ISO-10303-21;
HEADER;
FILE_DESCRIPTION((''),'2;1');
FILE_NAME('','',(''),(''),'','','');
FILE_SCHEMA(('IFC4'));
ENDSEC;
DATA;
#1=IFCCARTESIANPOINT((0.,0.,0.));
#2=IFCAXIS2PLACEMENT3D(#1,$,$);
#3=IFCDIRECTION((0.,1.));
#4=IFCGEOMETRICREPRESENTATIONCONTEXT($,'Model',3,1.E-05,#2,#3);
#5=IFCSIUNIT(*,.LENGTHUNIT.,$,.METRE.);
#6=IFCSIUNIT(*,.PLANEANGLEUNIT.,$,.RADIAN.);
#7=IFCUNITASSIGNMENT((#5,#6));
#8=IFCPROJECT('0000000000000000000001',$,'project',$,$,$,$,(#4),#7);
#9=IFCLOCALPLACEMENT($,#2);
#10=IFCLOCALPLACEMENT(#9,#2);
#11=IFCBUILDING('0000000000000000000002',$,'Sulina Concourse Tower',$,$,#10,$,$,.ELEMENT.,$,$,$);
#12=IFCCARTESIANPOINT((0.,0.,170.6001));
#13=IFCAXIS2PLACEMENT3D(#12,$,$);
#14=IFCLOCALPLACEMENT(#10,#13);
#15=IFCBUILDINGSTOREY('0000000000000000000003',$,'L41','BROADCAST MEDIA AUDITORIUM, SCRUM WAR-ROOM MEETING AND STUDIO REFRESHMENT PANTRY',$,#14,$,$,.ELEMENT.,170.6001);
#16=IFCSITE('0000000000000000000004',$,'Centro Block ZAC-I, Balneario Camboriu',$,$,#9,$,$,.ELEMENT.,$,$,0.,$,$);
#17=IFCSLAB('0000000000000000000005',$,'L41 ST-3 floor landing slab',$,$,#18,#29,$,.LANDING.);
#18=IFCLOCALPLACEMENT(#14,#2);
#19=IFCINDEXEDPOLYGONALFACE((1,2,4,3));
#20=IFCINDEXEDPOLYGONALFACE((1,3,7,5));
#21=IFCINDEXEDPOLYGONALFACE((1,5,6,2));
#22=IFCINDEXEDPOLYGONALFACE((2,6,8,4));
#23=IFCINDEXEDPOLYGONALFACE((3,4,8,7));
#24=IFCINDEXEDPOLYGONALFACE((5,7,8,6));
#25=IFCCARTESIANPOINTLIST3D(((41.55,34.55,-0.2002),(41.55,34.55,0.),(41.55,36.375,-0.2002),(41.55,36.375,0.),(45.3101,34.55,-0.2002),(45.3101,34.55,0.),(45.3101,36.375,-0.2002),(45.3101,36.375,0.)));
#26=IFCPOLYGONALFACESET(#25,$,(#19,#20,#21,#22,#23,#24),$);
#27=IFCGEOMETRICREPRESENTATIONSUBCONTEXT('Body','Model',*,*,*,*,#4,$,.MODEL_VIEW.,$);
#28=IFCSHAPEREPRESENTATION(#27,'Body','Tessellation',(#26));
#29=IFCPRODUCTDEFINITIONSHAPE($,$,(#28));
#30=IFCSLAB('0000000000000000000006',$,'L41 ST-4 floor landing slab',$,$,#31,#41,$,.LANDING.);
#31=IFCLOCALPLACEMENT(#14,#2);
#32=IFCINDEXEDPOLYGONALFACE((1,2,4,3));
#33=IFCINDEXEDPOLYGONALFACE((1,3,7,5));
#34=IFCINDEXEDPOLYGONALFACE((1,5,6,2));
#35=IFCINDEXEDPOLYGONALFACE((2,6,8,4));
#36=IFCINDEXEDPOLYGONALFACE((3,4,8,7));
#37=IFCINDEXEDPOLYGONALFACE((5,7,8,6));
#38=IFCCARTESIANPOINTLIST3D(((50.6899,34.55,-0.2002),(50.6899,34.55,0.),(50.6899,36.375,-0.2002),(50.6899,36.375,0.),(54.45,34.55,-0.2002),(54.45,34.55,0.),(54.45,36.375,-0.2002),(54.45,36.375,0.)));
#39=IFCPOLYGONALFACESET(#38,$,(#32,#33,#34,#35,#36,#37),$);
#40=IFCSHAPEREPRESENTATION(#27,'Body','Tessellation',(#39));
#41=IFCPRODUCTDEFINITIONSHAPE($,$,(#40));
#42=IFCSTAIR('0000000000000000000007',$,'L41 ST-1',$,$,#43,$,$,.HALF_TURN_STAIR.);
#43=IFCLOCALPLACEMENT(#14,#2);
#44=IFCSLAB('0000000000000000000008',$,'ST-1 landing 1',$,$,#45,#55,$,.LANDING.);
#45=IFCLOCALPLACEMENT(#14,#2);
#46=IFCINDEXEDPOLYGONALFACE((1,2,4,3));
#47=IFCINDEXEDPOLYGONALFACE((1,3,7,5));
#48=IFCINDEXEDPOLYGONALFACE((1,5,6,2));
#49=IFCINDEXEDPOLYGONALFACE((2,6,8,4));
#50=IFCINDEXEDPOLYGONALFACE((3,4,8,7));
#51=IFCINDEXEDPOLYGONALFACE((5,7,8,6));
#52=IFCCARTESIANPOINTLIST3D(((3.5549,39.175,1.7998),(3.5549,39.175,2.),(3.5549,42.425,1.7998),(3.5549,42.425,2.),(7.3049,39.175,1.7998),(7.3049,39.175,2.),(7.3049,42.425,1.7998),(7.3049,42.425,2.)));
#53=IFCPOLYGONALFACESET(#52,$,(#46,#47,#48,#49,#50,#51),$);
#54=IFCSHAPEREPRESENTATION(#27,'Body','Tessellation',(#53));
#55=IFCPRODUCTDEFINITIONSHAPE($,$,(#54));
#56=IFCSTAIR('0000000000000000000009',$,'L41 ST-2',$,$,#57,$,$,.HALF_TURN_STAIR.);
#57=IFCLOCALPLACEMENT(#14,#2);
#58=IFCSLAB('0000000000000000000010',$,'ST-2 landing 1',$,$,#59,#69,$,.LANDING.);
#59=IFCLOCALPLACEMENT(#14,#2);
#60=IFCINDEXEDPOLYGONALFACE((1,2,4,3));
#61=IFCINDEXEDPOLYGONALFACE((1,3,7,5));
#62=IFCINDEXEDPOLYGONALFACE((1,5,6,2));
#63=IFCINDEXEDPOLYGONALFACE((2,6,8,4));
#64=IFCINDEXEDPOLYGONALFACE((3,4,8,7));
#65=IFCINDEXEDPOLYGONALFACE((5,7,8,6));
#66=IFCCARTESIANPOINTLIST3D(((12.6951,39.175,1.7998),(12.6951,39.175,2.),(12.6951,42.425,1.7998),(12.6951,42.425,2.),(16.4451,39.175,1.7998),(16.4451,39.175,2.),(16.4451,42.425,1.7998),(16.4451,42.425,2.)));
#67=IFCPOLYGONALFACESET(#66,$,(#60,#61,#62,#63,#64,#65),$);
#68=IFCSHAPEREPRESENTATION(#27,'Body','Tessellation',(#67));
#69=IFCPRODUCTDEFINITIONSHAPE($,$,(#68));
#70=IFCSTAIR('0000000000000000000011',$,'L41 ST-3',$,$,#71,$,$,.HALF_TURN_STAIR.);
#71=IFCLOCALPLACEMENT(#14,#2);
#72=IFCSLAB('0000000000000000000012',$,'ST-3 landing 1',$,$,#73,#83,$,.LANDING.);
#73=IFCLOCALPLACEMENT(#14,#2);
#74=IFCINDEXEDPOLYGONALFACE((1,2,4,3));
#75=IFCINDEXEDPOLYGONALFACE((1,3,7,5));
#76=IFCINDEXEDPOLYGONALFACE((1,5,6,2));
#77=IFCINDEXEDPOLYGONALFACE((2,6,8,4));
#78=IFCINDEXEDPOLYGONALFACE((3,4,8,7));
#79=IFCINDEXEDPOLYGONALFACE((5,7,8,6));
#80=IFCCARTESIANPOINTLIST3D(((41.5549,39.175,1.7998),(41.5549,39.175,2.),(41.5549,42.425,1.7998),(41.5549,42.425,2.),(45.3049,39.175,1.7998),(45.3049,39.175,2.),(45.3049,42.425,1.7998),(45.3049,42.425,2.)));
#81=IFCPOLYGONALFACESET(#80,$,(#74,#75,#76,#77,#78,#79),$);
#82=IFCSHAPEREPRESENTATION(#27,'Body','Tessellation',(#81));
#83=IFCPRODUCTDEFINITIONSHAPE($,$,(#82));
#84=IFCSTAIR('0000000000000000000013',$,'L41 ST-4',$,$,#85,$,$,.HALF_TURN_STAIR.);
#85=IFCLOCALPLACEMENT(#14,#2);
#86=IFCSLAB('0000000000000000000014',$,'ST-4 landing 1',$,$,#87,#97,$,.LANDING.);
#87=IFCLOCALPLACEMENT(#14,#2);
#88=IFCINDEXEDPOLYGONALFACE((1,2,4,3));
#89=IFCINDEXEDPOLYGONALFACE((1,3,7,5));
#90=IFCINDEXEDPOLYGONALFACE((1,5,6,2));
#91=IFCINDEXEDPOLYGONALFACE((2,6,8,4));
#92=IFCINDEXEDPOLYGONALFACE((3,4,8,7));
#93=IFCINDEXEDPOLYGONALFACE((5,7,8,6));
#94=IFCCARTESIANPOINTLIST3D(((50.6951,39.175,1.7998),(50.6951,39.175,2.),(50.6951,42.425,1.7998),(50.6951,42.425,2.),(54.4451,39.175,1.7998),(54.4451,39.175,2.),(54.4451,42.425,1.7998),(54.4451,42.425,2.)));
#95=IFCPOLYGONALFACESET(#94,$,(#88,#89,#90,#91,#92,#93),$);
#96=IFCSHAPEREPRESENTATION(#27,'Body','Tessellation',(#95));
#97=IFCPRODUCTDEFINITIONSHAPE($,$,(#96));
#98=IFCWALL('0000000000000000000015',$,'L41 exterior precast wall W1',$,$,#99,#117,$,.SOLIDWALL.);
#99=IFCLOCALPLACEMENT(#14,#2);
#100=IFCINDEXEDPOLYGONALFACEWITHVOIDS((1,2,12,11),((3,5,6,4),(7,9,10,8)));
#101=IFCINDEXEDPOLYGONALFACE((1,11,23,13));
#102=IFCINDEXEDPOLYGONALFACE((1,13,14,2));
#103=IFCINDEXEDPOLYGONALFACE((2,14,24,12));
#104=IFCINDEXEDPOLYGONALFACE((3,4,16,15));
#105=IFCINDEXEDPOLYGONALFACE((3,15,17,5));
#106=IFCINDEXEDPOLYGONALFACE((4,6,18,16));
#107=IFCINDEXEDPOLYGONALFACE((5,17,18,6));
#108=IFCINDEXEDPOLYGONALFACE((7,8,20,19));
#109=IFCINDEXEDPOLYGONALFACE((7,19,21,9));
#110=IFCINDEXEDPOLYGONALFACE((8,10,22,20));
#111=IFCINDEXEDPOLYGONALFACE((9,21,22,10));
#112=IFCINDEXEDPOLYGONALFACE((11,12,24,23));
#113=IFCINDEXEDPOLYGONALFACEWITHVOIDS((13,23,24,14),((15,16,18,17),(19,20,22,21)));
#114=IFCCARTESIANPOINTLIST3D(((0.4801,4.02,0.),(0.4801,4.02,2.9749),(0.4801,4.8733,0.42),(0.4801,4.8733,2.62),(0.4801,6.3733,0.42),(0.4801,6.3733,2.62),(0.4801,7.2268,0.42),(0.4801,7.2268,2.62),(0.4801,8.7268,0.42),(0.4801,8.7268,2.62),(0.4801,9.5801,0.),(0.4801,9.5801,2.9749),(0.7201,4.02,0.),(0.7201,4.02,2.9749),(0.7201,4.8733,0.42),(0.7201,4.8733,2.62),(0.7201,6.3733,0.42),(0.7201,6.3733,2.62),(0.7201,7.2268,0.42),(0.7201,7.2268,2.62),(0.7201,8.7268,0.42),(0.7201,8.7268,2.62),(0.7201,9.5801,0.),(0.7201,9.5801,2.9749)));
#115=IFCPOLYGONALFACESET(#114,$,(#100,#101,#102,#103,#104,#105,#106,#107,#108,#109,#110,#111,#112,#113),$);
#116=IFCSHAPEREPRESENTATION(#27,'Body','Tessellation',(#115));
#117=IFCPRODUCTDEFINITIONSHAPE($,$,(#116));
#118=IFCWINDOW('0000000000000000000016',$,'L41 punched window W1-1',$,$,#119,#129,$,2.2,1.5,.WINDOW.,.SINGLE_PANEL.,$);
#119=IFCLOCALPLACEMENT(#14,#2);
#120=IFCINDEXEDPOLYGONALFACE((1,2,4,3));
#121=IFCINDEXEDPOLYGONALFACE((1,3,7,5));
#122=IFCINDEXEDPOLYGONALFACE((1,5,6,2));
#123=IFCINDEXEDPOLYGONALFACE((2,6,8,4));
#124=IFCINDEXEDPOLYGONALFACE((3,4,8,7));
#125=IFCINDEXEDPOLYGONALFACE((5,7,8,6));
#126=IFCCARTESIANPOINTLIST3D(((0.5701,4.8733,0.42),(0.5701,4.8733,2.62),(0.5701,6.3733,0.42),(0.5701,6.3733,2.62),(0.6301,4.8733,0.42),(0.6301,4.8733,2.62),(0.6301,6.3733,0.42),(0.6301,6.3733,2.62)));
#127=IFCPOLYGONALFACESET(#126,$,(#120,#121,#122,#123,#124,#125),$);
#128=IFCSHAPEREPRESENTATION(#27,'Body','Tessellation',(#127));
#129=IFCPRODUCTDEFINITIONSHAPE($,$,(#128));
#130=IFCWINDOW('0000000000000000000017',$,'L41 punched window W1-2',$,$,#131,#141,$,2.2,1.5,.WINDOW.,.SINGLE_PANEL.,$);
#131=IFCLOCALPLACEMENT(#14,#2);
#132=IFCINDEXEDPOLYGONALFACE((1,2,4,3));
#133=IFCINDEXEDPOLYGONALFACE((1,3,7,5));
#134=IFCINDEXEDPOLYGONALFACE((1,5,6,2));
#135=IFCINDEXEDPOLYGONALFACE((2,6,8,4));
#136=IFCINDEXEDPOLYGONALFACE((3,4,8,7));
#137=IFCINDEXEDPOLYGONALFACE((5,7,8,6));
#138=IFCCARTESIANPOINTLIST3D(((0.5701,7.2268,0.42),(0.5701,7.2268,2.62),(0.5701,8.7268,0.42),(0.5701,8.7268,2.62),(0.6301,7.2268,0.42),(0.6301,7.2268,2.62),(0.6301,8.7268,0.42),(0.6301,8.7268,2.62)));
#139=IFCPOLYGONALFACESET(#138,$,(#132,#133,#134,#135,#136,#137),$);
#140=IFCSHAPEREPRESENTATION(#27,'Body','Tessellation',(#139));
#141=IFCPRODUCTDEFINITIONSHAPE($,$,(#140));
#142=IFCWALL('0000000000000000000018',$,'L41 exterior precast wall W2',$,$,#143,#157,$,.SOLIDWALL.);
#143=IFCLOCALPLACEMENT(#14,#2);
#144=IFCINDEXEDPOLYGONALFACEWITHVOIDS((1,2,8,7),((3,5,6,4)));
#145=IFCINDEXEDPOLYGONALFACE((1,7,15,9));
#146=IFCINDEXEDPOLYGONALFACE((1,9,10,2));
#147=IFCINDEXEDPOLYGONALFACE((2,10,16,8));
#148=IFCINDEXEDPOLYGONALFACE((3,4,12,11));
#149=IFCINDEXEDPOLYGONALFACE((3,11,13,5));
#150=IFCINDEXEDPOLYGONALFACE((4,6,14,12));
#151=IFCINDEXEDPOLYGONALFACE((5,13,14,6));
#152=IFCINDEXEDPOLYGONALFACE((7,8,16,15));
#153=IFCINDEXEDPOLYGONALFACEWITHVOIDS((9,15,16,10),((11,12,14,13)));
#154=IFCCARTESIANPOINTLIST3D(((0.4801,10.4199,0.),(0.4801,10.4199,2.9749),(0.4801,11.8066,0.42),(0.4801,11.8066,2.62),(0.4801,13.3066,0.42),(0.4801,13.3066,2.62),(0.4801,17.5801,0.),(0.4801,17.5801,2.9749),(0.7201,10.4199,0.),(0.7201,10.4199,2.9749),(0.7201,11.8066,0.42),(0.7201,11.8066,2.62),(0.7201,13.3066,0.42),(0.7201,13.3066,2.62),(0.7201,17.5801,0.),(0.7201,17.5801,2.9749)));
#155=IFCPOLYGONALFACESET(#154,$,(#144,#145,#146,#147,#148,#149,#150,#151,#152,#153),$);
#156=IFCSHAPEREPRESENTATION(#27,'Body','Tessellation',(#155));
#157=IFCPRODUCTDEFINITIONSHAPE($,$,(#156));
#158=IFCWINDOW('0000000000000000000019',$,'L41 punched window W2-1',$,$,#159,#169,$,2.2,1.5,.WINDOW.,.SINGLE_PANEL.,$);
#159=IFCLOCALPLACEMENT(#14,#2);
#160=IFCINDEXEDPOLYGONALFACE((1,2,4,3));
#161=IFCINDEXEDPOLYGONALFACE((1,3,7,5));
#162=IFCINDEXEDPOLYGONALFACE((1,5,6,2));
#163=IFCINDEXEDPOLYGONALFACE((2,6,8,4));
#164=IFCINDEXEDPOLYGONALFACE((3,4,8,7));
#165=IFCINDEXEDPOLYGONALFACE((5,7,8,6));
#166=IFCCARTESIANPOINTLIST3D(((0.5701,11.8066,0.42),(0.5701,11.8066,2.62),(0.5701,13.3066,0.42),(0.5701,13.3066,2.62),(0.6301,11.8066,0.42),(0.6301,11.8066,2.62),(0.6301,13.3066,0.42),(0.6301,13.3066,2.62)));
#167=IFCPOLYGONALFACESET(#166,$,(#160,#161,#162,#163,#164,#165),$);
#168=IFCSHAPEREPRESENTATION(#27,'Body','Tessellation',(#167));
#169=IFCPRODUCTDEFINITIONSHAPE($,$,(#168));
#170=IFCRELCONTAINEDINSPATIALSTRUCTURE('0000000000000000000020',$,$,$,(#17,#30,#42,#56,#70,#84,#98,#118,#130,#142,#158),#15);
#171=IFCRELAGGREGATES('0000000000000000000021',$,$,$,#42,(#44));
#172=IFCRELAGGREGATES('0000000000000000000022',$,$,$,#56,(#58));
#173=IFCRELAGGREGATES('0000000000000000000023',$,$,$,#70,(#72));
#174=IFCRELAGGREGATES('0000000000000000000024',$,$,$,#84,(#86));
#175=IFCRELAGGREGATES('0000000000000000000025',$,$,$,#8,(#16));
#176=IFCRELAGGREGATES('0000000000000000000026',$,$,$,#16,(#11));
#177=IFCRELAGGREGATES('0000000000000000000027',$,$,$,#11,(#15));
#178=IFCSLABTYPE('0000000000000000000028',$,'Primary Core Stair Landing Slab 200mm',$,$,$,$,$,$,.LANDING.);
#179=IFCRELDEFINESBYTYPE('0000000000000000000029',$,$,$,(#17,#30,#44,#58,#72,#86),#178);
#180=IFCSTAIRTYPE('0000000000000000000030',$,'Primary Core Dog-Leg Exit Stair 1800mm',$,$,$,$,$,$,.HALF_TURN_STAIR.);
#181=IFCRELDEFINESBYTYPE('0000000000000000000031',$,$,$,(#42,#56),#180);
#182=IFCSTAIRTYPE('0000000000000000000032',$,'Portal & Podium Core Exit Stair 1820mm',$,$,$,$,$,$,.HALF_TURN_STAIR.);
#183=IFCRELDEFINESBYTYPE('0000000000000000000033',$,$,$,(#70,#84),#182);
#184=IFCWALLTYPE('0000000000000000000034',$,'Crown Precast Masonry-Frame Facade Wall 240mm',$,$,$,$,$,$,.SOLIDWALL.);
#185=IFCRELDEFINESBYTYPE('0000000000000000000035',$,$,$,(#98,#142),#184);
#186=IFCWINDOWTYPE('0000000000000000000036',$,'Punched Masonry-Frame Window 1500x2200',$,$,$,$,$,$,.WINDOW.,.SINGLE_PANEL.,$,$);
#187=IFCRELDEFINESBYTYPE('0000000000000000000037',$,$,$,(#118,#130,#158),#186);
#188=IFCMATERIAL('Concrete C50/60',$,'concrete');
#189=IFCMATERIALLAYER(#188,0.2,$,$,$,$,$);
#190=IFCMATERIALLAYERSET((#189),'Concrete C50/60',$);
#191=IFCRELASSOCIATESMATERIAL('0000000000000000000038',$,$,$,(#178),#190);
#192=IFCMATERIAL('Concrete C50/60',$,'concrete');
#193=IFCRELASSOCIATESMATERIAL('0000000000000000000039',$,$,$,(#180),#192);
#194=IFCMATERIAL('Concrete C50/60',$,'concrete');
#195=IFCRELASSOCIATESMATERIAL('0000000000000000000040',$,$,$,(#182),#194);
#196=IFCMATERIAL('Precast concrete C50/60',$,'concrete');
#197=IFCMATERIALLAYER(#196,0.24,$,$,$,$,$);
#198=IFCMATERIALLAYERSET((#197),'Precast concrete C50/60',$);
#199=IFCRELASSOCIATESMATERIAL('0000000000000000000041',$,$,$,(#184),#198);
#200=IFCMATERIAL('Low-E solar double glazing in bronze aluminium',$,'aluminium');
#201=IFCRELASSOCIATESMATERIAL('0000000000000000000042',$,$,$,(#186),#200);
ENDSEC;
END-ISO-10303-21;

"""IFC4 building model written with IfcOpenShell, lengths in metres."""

from ifc_helpers import new_model, si_unit, direction, frame, frame_2d, origin, place, context, subcontext, project, spatial, polyline, rectangle, outline, extrude, material, layer, layer_set, type_object, element, fill, aggregate, save


model = new_model("IFC4")

# Units and contexts
model_context = context("Model", 3, precision=1e-05, world=origin(), true_north=direction((0.0, 1.0)))
body_context = subcontext(model_context, "Body", "Model", "MODEL_VIEW")
ifc_project = project(units=[si_unit("LENGTHUNIT", "METRE"), si_unit("PLANEANGLEUNIT", "RADIAN")], contexts=[model_context])

# Site, building, storey
site_placement = place(None, origin())
site = spatial("IfcSite", under=ifc_project, at=site_placement, Name="Centro Block ZAC-I, Balneario Camboriu", CompositionType="ELEMENT", RefElevation=0.0)
building_placement = place(site_placement, origin())
building = spatial("IfcBuilding", under=site, at=building_placement, Name="Sulina Concourse Tower", CompositionType="ELEMENT")
storey_placement = place(building_placement, frame((0.0, 0.0, 170.6001)))
storey = spatial("IfcBuildingStorey", under=building, at=storey_placement, Name="L41", Description="BROADCAST MEDIA AUDITORIUM, SCRUM WAR-ROOM MEETING AND STUDIO REFRESHMENT PANTRY", CompositionType="ELEMENT", Elevation=170.6001)

# Slabs
ifc_material_1 = material(Name="Concrete C50/60", Category="concrete")
ifc_layer_1 = layer(ifc_material_1, 0.2)
ifc_layer_set_1 = layer_set([ifc_layer_1], Name="Concrete C50/60")
slab_type_1 = type_object("IfcSlabType", Name="Primary Core Stair Landing Slab 200mm", PredefinedType="LANDING", material=ifc_layer_set_1)
slab_1_placement = place(storey_placement, frame((0.0, 0.0, -0.2002)))
element("IfcSlab", 1, at=slab_1_placement, inside=storey, type_object=slab_type_1, Name="L41 ST-3 floor landing slab", PredefinedType="LANDING", context=body_context, shape_type="SweptSolid", body=[
    extrude(outline(polyline([(45.3101, 34.55), (45.3101, 36.375), (41.55, 36.375), (41.55, 34.55), (45.3101, 34.55)])), origin(), (0.0, 0.0, 1.0), 0.2002),
])
slab_2_placement = place(storey_placement, frame((0.0, 0.0, -0.2002)))
element("IfcSlab", 2, at=slab_2_placement, inside=storey, type_object=slab_type_1, Name="L41 ST-4 floor landing slab", PredefinedType="LANDING", context=body_context, shape_type="SweptSolid", body=[
    extrude(outline(polyline([(54.45, 34.55), (54.45, 36.375), (50.6899, 36.375), (50.6899, 34.55), (54.45, 34.55)])), origin(), (0.0, 0.0, 1.0), 0.2002),
])

# Stairs, slabs
ifc_material_2 = material(Name="Concrete C50/60", Category="concrete")
stair_type_1 = type_object("IfcStairType", Name="Primary Core Dog-Leg Exit Stair 1800mm", PredefinedType="HALF_TURN_STAIR", material=ifc_material_2)
stair_1_placement = place(storey_placement, origin())
stair_1 = element("IfcStair", 3, at=stair_1_placement, inside=storey, type_object=stair_type_1, Name="L41 ST-1", PredefinedType="HALF_TURN_STAIR")
slab_3_placement = place(storey_placement, frame((0.0, 0.0, 1.7998)))
slab_3 = element("IfcSlab", 4, at=slab_3_placement, type_object=slab_type_1, Name="ST-1 landing 1", PredefinedType="LANDING", context=body_context, shape_type="SweptSolid", body=[
    extrude(outline(polyline([(7.3049, 39.175), (7.3049, 42.425), (3.5549, 42.425), (3.5549, 39.175), (7.3049, 39.175)])), origin(), (0.0, 0.0, 1.0), 0.2002),
])
aggregate(stair_1, [slab_3])
stair_2_placement = place(storey_placement, origin())
stair_2 = element("IfcStair", 5, at=stair_2_placement, inside=storey, type_object=stair_type_1, Name="L41 ST-2", PredefinedType="HALF_TURN_STAIR")
slab_4_placement = place(storey_placement, frame((0.0, 0.0, 1.7998)))
slab_4 = element("IfcSlab", 6, at=slab_4_placement, type_object=slab_type_1, Name="ST-2 landing 1", PredefinedType="LANDING", context=body_context, shape_type="SweptSolid", body=[
    extrude(outline(polyline([(16.4451, 39.175), (16.4451, 42.425), (12.6951, 42.425), (12.6951, 39.175), (16.4451, 39.175)])), origin(), (0.0, 0.0, 1.0), 0.2002),
])
aggregate(stair_2, [slab_4])
ifc_material_3 = material(Name="Concrete C50/60", Category="concrete")
stair_type_2 = type_object("IfcStairType", Name="Portal & Podium Core Exit Stair 1820mm", PredefinedType="HALF_TURN_STAIR", material=ifc_material_3)
stair_3_placement = place(storey_placement, origin())
stair_3 = element("IfcStair", 7, at=stair_3_placement, inside=storey, type_object=stair_type_2, Name="L41 ST-3", PredefinedType="HALF_TURN_STAIR")
slab_5_placement = place(storey_placement, frame((0.0, 0.0, 1.7998)))
slab_5 = element("IfcSlab", 8, at=slab_5_placement, type_object=slab_type_1, Name="ST-3 landing 1", PredefinedType="LANDING", context=body_context, shape_type="SweptSolid", body=[
    extrude(outline(polyline([(45.3049, 39.175), (45.3049, 42.425), (41.5549, 42.425), (41.5549, 39.175), (45.3049, 39.175)])), origin(), (0.0, 0.0, 1.0), 0.2002),
])
aggregate(stair_3, [slab_5])
stair_4_placement = place(storey_placement, origin())
stair_4 = element("IfcStair", 9, at=stair_4_placement, inside=storey, type_object=stair_type_2, Name="L41 ST-4", PredefinedType="HALF_TURN_STAIR")
slab_6_placement = place(storey_placement, frame((0.0, 0.0, 1.7998)))
slab_6 = element("IfcSlab", 10, at=slab_6_placement, type_object=slab_type_1, Name="ST-4 landing 1", PredefinedType="LANDING", context=body_context, shape_type="SweptSolid", body=[
    extrude(outline(polyline([(54.4451, 39.175), (54.4451, 42.425), (50.6951, 42.425), (50.6951, 39.175), (54.4451, 39.175)])), origin(), (0.0, 0.0, 1.0), 0.2002),
])
aggregate(stair_4, [slab_6])

# Wall, openings, windows
ifc_material_4 = material(Name="Precast concrete C50/60", Category="concrete")
ifc_layer_2 = layer(ifc_material_4, 0.24)
ifc_layer_set_2 = layer_set([ifc_layer_2], Name="Precast concrete C50/60")
wall_type = type_object("IfcWallType", Name="Crown Precast Masonry-Frame Facade Wall 240mm", PredefinedType="SOLIDWALL", material=ifc_layer_set_2)
wall_1_placement = place(storey_placement, frame((0.6001, 4.02, 0.0), z_axis=(0.0, 0.0, 1.0), x_axis=(0.0, 1.0, 0.0)))
wall_1 = element("IfcWall", 11, at=wall_1_placement, inside=storey, type_object=wall_type, Name="L41 exterior precast wall W1", PredefinedType="SOLIDWALL", context=body_context, shape_type="SweptSolid", body=[
    extrude(rectangle(XDim=5.5601, YDim=0.24, at=frame_2d((2.78, 0.0))), origin(), (0.0, 0.0, 1.0), 2.9749),
])
opening_1_placement = place(wall_1_placement, frame((0.8533, 0.0, 0.4199)))
opening_1 = element("IfcOpeningElement", 12, at=opening_1_placement, cuts=wall_1, PredefinedType="OPENING", context=body_context, shape_type="SweptSolid", body=[
    extrude(rectangle(XDim=1.5, YDim=2.2, at=frame_2d((0.75, 1.1001))), frame((0.0, 0.1299, 0.0), z_axis=(0.0, -1.0, 0.0), x_axis=(1.0, 0.0, 0.0)), (0.0, 0.0, 1.0), 0.26),
])
opening_2_placement = place(wall_1_placement, frame((3.2068, 0.0, 0.4199)))
opening_2 = element("IfcOpeningElement", 13, at=opening_2_placement, cuts=wall_1, PredefinedType="OPENING", context=body_context, shape_type="SweptSolid", body=[
    extrude(rectangle(XDim=1.5, YDim=2.2, at=frame_2d((0.75, 1.1001))), frame((0.0, 0.1299, 0.0), z_axis=(0.0, -1.0, 0.0), x_axis=(1.0, 0.0, 0.0)), (0.0, 0.0, 1.0), 0.26),
])
ifc_material_5 = material(Name="Low-E solar double glazing in bronze aluminium", Category="aluminium")
window_type = type_object("IfcWindowType", Name="Punched Masonry-Frame Window 1500x2200", PartitioningType="SINGLE_PANEL", PredefinedType="WINDOW", material=ifc_material_5)
window_1_placement = place(opening_1_placement, origin())
window_1 = element("IfcWindow", 14, at=window_1_placement, inside=storey, type_object=window_type, Name="L41 punched window W1-1", OverallHeight=2.2, OverallWidth=1.5, PartitioningType="SINGLE_PANEL", PredefinedType="WINDOW", context=body_context, shape_type="SweptSolid", body=[
    extrude(rectangle(XDim=1.5, YDim=2.2, at=frame_2d((0.75, 1.1001))), frame((0.0, 0.03, 0.0), z_axis=(0.0, -1.0, 0.0), x_axis=(1.0, 0.0, 0.0)), (0.0, 0.0, 1.0), 0.0601),
])
fill(opening_1, window_1)
window_2_placement = place(opening_2_placement, origin())
window_2 = element("IfcWindow", 15, at=window_2_placement, inside=storey, type_object=window_type, Name="L41 punched window W1-2", OverallHeight=2.2, OverallWidth=1.5, PartitioningType="SINGLE_PANEL", PredefinedType="WINDOW", context=body_context, shape_type="SweptSolid", body=[
    extrude(rectangle(XDim=1.5, YDim=2.2, at=frame_2d((0.75, 1.1001))), frame((0.0, 0.03, 0.0), z_axis=(0.0, -1.0, 0.0), x_axis=(1.0, 0.0, 0.0)), (0.0, 0.0, 1.0), 0.0601),
])
fill(opening_2, window_2)

# Wall, opening, window
wall_2_placement = place(storey_placement, frame((0.6001, 10.4199, 0.0), z_axis=(0.0, 0.0, 1.0), x_axis=(0.0, 1.0, 0.0)))
wall_2 = element("IfcWall", 16, at=wall_2_placement, inside=storey, type_object=wall_type, Name="L41 exterior precast wall W2", PredefinedType="SOLIDWALL", context=body_context, shape_type="SweptSolid", body=[
    extrude(rectangle(XDim=7.1602, YDim=0.24, at=frame_2d((3.5801, 0.0))), origin(), (0.0, 0.0, 1.0), 2.9749),
])
opening_3_placement = place(wall_2_placement, frame((1.3867, 0.0, 0.4199)))
opening_3 = element("IfcOpeningElement", 17, at=opening_3_placement, cuts=wall_2, PredefinedType="OPENING", context=body_context, shape_type="SweptSolid", body=[
    extrude(rectangle(XDim=1.5, YDim=2.2, at=frame_2d((0.75, 1.1001))), frame((0.0, 0.1299, 0.0), z_axis=(0.0, -1.0, 0.0), x_axis=(1.0, 0.0, 0.0)), (0.0, 0.0, 1.0), 0.26),
])
window_3_placement = place(opening_3_placement, origin())
window_3 = element("IfcWindow", 18, at=window_3_placement, inside=storey, type_object=window_type, Name="L41 punched window W2-1", OverallHeight=2.2, OverallWidth=1.5, PartitioningType="SINGLE_PANEL", PredefinedType="WINDOW", context=body_context, shape_type="SweptSolid", body=[
    extrude(rectangle(XDim=1.5, YDim=2.2, at=frame_2d((0.75, 1.1001))), frame((0.0, 0.03, 0.0), z_axis=(0.0, -1.0, 0.0), x_axis=(1.0, 0.0, 0.0)), (0.0, 0.0, 1.0), 0.0601),
])
fill(opening_3, window_3)

save(model, "model.ifc")
